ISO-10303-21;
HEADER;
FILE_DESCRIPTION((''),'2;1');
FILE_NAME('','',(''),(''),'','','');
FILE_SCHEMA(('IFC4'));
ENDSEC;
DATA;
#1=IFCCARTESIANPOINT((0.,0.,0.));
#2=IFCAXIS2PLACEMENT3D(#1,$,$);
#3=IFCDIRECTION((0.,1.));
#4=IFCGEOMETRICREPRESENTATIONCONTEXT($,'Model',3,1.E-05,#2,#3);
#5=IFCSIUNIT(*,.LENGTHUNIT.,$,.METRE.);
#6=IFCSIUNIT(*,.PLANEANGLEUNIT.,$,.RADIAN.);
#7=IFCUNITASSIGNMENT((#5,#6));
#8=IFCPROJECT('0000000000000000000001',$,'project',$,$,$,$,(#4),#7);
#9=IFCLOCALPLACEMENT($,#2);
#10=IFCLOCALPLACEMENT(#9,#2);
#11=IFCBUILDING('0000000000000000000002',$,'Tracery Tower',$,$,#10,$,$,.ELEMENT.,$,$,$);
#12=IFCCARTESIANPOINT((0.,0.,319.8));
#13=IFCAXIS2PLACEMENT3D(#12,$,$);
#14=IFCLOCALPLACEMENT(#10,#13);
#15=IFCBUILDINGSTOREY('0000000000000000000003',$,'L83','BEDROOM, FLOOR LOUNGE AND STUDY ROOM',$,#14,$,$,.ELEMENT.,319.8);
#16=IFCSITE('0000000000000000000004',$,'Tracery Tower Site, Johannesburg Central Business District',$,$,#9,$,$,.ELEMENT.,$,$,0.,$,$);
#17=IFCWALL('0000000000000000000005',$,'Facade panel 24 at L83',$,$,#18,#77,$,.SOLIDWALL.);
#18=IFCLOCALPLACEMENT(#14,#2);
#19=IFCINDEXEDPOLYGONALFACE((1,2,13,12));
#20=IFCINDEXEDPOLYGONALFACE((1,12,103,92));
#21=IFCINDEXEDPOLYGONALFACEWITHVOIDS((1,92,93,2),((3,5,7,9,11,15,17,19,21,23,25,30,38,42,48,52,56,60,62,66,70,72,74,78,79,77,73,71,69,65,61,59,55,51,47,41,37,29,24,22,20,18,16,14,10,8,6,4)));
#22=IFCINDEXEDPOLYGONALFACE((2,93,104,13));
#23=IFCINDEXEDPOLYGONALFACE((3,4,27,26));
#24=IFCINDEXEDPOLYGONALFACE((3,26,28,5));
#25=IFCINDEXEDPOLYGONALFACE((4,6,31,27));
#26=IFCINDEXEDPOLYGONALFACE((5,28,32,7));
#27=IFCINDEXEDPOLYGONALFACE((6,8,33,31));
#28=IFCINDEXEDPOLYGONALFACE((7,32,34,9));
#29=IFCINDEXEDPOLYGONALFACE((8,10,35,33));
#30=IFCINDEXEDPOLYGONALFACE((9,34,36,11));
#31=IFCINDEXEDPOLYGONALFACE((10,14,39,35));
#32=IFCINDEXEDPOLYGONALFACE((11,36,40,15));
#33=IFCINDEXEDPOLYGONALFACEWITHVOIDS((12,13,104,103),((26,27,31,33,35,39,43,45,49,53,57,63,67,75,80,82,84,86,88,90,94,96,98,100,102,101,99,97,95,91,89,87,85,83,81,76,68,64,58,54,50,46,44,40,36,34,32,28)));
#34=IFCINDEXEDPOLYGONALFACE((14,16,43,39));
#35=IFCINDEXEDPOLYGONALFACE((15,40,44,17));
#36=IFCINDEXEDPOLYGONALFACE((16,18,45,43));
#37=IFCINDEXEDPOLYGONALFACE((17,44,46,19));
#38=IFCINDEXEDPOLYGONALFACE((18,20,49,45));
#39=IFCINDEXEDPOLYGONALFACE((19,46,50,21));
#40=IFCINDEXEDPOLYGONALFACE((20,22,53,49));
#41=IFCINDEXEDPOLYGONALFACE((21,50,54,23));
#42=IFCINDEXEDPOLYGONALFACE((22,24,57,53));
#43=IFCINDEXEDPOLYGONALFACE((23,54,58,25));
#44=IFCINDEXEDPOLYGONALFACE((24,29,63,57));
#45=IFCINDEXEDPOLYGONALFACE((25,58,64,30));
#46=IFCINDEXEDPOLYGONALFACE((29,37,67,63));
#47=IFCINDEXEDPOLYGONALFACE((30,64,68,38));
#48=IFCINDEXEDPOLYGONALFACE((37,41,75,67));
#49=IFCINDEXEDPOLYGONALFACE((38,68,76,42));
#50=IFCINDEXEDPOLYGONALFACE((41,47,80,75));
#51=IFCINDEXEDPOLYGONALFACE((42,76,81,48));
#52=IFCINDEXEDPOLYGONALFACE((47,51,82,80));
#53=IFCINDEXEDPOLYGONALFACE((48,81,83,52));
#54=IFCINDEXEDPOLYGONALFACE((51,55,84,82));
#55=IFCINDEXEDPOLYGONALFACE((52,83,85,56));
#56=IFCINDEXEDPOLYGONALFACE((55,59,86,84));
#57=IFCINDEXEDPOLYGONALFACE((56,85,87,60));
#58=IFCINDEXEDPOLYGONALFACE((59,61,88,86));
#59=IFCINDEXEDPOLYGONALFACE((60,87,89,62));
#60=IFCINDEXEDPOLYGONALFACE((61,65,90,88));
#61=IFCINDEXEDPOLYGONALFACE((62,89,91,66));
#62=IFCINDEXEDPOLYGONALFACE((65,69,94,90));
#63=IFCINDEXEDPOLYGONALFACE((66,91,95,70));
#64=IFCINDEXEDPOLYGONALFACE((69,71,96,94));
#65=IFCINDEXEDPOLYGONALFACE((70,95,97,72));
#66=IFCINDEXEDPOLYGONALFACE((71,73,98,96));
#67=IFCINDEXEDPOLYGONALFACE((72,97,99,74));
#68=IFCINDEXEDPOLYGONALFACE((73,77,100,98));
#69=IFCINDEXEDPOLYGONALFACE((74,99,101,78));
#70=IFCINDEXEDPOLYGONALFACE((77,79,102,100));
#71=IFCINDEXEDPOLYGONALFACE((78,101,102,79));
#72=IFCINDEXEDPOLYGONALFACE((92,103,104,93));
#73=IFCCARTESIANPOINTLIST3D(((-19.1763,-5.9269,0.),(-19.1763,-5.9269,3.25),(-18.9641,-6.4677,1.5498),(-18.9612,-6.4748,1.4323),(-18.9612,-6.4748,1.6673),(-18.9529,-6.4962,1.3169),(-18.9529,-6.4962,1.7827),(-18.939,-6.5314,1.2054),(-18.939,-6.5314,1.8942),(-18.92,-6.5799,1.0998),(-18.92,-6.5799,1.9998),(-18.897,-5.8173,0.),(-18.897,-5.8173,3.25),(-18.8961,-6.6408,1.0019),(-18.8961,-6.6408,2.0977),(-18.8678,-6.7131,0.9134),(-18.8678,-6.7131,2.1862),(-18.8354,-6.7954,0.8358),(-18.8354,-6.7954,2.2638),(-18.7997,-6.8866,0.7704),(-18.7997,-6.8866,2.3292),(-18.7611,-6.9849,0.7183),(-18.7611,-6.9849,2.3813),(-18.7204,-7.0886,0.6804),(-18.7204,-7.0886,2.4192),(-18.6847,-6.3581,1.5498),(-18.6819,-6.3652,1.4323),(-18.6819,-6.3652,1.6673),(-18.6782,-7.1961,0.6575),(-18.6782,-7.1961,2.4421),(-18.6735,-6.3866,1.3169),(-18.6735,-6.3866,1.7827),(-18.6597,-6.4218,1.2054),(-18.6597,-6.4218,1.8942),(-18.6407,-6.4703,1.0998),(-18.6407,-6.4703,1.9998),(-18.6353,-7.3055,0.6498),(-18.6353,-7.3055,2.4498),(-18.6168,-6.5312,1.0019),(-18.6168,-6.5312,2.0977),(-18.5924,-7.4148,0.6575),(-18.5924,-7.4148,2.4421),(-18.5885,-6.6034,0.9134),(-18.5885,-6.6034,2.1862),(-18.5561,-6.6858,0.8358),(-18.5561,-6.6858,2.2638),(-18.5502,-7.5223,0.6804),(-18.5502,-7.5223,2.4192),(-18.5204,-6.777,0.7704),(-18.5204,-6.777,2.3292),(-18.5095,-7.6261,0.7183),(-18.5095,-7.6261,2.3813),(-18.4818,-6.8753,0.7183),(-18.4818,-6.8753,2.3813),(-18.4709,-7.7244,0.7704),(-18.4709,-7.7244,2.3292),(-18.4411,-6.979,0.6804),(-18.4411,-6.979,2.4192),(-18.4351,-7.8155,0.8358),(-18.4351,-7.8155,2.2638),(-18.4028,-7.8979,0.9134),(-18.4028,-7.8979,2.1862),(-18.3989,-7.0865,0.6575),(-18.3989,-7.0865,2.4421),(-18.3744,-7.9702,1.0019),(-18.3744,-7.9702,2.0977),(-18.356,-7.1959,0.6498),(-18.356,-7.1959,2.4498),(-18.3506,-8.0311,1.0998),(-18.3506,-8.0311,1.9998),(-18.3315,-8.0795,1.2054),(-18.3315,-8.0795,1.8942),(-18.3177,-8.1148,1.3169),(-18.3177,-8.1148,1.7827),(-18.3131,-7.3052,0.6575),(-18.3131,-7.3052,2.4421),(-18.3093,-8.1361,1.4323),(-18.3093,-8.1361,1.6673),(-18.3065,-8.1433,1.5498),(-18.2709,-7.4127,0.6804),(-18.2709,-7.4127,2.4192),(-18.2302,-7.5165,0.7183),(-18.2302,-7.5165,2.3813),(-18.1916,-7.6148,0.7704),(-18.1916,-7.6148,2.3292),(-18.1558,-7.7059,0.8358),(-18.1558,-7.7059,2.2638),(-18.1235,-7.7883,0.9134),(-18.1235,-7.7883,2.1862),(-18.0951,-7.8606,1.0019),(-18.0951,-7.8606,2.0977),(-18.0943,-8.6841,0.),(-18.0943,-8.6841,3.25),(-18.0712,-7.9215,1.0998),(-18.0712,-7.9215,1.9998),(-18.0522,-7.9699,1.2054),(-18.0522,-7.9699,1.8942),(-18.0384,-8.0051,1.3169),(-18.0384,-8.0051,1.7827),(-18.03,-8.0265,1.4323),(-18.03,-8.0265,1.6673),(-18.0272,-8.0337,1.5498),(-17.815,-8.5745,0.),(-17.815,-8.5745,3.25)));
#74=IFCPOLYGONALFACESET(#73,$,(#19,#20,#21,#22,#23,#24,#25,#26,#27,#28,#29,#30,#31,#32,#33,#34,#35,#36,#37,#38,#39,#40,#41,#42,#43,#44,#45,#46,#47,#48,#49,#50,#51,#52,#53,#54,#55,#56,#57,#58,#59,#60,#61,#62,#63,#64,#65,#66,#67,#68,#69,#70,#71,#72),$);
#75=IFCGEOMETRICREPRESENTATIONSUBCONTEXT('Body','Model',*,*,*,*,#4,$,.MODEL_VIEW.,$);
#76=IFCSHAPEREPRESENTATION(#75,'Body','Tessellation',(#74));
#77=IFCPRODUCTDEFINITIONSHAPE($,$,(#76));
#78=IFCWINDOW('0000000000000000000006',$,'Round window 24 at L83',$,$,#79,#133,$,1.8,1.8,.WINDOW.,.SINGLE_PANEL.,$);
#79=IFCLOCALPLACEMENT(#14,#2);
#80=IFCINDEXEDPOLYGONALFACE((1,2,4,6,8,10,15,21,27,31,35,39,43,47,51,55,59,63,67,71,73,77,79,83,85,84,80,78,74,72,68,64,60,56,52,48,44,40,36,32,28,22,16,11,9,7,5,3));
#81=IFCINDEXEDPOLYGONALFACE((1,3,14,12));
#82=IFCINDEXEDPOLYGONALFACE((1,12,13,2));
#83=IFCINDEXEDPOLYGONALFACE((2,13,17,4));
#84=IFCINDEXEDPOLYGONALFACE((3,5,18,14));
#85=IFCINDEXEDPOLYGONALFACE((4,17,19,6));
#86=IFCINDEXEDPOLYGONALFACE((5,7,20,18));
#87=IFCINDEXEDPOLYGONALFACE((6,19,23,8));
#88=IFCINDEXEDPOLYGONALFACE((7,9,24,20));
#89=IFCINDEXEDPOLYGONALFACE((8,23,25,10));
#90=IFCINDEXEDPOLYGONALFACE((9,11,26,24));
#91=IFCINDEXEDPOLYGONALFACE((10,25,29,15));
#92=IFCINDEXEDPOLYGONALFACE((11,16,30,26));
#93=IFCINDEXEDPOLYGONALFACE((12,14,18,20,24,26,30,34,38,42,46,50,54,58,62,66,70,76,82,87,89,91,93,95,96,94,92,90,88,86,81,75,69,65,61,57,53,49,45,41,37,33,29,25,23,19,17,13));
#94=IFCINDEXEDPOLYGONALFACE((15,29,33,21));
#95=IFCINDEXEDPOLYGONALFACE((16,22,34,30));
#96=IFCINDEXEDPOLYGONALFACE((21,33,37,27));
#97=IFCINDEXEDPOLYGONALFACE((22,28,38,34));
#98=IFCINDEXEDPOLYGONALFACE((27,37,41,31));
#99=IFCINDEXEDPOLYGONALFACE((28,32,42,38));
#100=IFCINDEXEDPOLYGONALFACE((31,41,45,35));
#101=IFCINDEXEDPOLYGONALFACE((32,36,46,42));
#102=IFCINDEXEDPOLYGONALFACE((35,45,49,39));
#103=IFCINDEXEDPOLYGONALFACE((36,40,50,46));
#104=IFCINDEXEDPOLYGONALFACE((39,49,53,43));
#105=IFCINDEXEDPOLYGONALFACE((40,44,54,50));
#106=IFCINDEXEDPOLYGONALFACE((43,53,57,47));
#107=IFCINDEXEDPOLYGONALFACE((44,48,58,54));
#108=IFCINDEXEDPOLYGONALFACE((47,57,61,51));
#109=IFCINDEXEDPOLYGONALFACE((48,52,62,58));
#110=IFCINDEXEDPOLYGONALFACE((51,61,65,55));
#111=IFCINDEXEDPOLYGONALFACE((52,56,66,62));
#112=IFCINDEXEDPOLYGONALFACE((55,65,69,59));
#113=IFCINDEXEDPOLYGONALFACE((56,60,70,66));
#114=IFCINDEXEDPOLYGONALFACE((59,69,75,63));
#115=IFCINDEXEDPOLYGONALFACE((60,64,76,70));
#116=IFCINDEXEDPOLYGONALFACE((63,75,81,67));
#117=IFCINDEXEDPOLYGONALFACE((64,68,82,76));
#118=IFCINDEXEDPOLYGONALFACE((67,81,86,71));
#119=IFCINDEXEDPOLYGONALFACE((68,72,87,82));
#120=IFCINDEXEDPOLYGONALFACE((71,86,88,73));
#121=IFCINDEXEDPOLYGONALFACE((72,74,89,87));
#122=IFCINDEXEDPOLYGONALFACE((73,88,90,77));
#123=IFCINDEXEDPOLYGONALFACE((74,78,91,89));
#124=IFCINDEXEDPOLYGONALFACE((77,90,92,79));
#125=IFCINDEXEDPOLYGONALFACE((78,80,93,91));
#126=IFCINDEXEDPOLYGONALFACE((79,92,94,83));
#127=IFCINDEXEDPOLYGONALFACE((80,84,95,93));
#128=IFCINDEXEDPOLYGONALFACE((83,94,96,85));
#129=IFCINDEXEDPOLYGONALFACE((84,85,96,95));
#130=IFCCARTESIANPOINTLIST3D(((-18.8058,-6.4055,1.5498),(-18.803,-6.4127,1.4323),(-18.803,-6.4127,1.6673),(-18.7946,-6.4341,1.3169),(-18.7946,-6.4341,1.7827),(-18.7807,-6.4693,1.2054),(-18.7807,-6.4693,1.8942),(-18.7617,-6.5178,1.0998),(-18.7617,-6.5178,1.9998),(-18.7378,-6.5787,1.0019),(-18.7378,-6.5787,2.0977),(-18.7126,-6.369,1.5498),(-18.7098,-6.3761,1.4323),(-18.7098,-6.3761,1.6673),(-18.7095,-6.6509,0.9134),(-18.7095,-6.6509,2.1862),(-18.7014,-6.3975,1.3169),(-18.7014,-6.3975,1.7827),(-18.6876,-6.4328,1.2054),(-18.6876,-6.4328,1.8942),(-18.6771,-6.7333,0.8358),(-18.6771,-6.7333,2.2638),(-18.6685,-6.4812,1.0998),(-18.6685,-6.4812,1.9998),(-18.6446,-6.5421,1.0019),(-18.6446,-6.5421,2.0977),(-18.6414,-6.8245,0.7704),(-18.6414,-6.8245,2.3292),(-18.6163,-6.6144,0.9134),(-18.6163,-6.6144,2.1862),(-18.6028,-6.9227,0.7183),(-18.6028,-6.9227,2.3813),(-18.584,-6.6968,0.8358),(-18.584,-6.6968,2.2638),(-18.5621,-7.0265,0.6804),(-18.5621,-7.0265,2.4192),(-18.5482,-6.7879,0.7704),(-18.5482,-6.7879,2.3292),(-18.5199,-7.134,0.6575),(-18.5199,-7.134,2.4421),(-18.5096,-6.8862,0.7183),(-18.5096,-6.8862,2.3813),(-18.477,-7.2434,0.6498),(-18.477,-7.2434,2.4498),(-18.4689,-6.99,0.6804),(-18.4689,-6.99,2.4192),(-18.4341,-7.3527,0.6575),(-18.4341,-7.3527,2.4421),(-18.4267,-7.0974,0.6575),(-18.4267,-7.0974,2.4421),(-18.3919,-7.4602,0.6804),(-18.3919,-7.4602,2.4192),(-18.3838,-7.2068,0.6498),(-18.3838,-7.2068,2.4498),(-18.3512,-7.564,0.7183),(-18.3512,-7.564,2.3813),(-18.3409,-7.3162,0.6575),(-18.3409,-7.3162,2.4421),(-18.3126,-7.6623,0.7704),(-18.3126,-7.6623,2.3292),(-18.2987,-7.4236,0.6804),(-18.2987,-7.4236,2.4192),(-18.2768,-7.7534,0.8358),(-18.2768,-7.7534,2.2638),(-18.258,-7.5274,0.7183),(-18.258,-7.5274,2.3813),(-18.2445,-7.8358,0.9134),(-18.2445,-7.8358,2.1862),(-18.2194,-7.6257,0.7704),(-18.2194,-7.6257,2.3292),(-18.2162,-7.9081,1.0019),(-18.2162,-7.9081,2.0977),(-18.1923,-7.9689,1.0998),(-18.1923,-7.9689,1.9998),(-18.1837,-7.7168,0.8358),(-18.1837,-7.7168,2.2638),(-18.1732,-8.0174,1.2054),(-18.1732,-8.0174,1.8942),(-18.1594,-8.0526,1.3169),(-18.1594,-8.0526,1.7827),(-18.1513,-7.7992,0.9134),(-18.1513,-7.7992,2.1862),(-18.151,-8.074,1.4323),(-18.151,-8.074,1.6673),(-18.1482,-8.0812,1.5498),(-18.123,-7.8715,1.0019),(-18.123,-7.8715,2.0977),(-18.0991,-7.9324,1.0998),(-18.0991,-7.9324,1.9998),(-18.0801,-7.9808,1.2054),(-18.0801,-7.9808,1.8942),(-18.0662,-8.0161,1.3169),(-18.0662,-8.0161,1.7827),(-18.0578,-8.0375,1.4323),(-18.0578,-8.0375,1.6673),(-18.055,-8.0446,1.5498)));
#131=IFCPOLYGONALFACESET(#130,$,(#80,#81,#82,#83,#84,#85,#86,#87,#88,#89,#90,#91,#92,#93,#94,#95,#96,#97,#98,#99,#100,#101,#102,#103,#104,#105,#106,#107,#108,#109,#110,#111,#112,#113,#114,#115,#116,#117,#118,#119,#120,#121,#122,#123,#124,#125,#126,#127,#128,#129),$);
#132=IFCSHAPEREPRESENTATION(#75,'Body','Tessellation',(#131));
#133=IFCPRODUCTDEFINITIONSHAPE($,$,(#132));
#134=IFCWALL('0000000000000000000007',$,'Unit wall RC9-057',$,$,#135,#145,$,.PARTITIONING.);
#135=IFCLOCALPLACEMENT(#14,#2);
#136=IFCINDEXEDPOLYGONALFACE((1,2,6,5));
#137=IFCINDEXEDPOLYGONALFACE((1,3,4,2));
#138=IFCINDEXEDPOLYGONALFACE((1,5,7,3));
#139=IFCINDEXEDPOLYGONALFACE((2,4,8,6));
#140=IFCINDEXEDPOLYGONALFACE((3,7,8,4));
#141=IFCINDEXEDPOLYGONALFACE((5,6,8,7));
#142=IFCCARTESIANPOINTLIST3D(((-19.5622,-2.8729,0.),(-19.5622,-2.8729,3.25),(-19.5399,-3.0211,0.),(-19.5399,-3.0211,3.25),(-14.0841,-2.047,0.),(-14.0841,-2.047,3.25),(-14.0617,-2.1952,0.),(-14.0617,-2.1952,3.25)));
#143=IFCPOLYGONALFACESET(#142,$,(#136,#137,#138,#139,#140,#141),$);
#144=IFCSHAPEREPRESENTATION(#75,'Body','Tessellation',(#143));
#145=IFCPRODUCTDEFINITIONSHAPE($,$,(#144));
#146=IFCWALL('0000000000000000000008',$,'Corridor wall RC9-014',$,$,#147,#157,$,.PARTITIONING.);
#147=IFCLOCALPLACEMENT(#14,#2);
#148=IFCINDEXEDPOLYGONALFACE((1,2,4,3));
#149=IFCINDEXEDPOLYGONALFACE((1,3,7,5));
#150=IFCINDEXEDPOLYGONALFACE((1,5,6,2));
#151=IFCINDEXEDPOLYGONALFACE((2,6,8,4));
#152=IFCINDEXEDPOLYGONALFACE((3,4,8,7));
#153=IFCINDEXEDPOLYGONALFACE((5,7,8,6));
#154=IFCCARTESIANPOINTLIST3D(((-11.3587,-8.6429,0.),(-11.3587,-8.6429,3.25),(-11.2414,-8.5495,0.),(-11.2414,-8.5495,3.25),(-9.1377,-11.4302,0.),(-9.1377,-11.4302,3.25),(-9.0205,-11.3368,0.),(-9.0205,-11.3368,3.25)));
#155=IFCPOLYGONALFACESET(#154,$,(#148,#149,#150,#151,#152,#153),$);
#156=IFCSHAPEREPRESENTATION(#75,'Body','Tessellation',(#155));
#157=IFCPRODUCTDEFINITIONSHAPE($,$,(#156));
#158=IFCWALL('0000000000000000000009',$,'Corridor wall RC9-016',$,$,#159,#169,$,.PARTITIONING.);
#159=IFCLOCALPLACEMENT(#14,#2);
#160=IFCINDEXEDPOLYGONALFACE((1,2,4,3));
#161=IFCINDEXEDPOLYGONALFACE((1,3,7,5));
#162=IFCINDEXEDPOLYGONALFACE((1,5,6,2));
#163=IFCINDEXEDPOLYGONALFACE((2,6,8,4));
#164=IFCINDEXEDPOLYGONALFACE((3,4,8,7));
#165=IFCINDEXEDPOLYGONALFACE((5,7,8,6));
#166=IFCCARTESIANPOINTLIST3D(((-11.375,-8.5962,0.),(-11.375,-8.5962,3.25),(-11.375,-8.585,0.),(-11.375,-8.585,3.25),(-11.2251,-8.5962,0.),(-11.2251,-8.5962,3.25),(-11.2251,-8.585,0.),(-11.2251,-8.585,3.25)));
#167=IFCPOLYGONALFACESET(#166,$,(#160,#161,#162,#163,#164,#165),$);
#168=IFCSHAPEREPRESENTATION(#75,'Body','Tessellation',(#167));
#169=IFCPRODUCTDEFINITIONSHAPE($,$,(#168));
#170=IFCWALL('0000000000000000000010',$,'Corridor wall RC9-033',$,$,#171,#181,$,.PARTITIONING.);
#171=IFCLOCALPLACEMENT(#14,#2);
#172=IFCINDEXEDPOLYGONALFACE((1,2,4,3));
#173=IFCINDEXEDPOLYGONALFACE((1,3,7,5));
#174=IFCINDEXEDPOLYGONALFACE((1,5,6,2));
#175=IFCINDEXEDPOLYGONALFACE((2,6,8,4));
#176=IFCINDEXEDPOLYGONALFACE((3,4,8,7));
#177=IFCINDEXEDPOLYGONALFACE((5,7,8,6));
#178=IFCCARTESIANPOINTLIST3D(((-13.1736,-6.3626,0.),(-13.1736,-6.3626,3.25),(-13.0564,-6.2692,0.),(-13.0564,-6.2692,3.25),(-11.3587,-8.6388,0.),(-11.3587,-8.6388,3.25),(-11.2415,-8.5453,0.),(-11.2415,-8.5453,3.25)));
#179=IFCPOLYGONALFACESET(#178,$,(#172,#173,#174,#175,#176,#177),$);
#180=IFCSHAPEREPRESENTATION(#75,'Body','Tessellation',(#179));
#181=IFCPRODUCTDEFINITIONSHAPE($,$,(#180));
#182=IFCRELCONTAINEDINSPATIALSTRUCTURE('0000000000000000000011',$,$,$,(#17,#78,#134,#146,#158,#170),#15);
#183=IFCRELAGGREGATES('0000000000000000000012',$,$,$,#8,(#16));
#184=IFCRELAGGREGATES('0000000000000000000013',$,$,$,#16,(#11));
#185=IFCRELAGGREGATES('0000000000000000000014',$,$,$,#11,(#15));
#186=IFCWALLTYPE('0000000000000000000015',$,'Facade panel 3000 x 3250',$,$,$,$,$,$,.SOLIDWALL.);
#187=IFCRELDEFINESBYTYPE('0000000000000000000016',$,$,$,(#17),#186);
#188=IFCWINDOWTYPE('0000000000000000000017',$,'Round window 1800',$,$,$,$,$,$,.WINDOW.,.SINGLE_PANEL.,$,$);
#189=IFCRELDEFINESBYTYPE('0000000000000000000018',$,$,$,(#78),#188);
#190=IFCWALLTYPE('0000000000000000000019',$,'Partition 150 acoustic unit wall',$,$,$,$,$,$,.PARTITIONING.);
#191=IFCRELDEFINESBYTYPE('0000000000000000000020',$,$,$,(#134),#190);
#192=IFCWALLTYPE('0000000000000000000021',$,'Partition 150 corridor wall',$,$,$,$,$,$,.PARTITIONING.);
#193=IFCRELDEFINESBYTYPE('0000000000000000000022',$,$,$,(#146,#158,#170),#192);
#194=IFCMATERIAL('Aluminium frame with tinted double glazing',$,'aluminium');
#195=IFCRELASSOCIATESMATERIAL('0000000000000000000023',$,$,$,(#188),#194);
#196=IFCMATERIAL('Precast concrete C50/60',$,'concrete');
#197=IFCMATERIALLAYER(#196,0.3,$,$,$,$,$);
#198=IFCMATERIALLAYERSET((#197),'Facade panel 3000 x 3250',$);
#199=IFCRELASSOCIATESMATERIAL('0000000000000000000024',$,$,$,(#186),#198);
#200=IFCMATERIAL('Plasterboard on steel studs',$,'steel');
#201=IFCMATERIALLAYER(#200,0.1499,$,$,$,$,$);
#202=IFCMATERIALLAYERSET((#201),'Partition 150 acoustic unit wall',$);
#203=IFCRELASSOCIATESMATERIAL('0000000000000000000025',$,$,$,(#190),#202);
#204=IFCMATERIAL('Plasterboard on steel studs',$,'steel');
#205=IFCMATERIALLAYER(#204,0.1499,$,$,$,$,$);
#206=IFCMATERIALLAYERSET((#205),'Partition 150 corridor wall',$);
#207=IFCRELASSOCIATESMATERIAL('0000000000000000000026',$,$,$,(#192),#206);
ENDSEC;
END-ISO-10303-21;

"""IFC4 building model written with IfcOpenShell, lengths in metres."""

from ifc_helpers import new_model, si_unit, direction, frame, frame_2d, origin, origin_2d, place, context, subcontext, project, spatial, rectangle, circle, extrude, material, layer, layer_set, type_object, element, fill, save


model = new_model("IFC4")

# Units and contexts
model_context = context("Model", 3, precision=1e-05, world=origin(), true_north=direction((0.0, 1.0)))
body_context = subcontext(model_context, "Body", "Model", "MODEL_VIEW")
ifc_project = project(units=[si_unit("LENGTHUNIT", "METRE"), si_unit("PLANEANGLEUNIT", "RADIAN")], contexts=[model_context])

# Site, building, storey
site_placement = place(None, origin())
site = spatial("IfcSite", under=ifc_project, at=site_placement, Name="Tracery Tower Site, Johannesburg Central Business District", CompositionType="ELEMENT", RefElevation=0.0)
building_placement = place(site_placement, origin())
building = spatial("IfcBuilding", under=site, at=building_placement, Name="Tracery Tower", CompositionType="ELEMENT")
storey_placement = place(building_placement, frame((0.0, 0.0, 319.8)))
storey = spatial("IfcBuildingStorey", under=building, at=storey_placement, Name="L83", Description="BEDROOM, FLOOR LOUNGE AND STUDY ROOM", CompositionType="ELEMENT", Elevation=319.8)

# Wall, opening, window
ifc_material_1 = material(Name="Aluminium frame with tinted double glazing", Category="aluminium")
window_type = type_object("IfcWindowType", Name="Round window 1800", PartitioningType="SINGLE_PANEL", PredefinedType="WINDOW", material=ifc_material_1)
ifc_material_2 = material(Name="Precast concrete C50/60", Category="concrete")
ifc_layer_1 = layer(ifc_material_2, 0.3)
ifc_layer_set_1 = layer_set([ifc_layer_1], Name="Facade panel 3000 x 3250")
wall_type_1 = type_object("IfcWallType", Name="Facade panel 3000 x 3250", PredefinedType="SOLIDWALL", material=ifc_layer_set_1)
wall_1_placement = place(storey_placement, frame((-19.0366, -5.8721, 0.0), z_axis=(0.0, 0.0, 1.0), x_axis=(0.3653, -0.93089, 0.0)))
wall_1 = element("IfcWall", 1, at=wall_1_placement, inside=storey, type_object=wall_type_1, Name="Facade panel 24 at L83", PredefinedType="SOLIDWALL", context=body_context, shape_type="SweptSolid", body=[
    extrude(rectangle(XDim=2.9619, YDim=0.3, at=frame_2d((1.481, 0.0))), origin(), (0.0, 0.0, 1.0), 3.25),
])
opening_1_placement = place(wall_1_placement, frame((1.481, 0.0, 1.5498)))
opening_1 = element("IfcOpeningElement", 2, at=opening_1_placement, cuts=wall_1, PredefinedType="OPENING", context=body_context, shape_type="SweptSolid", body=[
    extrude(circle(Radius=0.9, at=origin_2d()), frame((0.0, 0.1599, 0.0), z_axis=(0.0, -1.0, 0.0), x_axis=(1.0, 0.0, 0.0)), (0.0, 0.0, 1.0), 0.3201),
])
window_1_placement = place(opening_1_placement, origin())
window_1 = element("IfcWindow", 3, at=window_1_placement, inside=storey, type_object=window_type, Name="Round window 24 at L83", OverallHeight=1.8, OverallWidth=1.8, PartitioningType="SINGLE_PANEL", PredefinedType="WINDOW", context=body_context, shape_type="SweptSolid", body=[
    extrude(circle(Radius=0.9, at=origin_2d()), frame((0.0, 0.1201, 0.0), z_axis=(0.0, -1.0, 0.0), x_axis=(1.0, 0.0, 0.0)), (0.0, 0.0, 1.0), 0.1001),
])
fill(opening_1, window_1)

# Walls
ifc_material_3 = material(Name="Plasterboard on steel studs", Category="steel")
ifc_layer_2 = layer(ifc_material_3, 0.1499)
ifc_layer_set_2 = layer_set([ifc_layer_2], Name="Partition 150 acoustic unit wall")
wall_type_2 = type_object("IfcWallType", Name="Partition 150 acoustic unit wall", PredefinedType="PARTITIONING", material=ifc_layer_set_2)
wall_2_placement = place(storey_placement, frame((-19.551, -2.947, 0.0), z_axis=(0.0, 0.0, 1.0), x_axis=(0.988824, 0.149086, 0.0)))
element("IfcWall", 4, at=wall_2_placement, inside=storey, type_object=wall_type_2, Name="Unit wall RC9-057", PredefinedType="PARTITIONING", context=body_context, shape_type="SweptSolid", body=[
    extrude(rectangle(XDim=5.54, YDim=0.1499, at=frame_2d((2.77, 0.0))), origin(), (0.0, 0.0, 1.0), 3.25),
])
ifc_material_4 = material(Name="Plasterboard on steel studs", Category="steel")
ifc_layer_3 = layer(ifc_material_4, 0.1499)
ifc_layer_set_3 = layer_set([ifc_layer_3], Name="Partition 150 corridor wall")
wall_type_3 = type_object("IfcWallType", Name="Partition 150 corridor wall", PredefinedType="PARTITIONING", material=ifc_layer_set_3)
wall_3_placement = place(storey_placement, frame((-11.3, -8.5962, 0.0), z_axis=(0.0, 0.0, 1.0), x_axis=(0.623165, -0.78209, 0.0)))
element("IfcWall", 5, at=wall_3_placement, inside=storey, type_object=wall_type_3, Name="Corridor wall RC9-014", PredefinedType="PARTITIONING", context=body_context, shape_type="SweptSolid", body=[
    extrude(rectangle(XDim=3.564, YDim=0.1499, at=frame_2d((1.782, 0.0))), origin(), (0.0, 0.0, 1.0), 3.25),
])
wall_4_placement = place(storey_placement, frame((-11.3, -8.5962, 0.0), z_axis=(0.0, 0.0, 1.0), x_axis=(0.0, 1.0, 0.0)))
element("IfcWall", 6, at=wall_4_placement, inside=storey, type_object=wall_type_3, Name="Corridor wall RC9-016", PredefinedType="PARTITIONING", context=body_context, shape_type="SweptSolid", body=[
    extrude(rectangle(XDim=0.0112, YDim=0.1499, at=frame_2d((0.0056, 0.0))), origin(), (0.0, 0.0, 1.0), 3.25),
])
wall_5_placement = place(storey_placement, frame((-13.115, -6.3159, 0.0), z_axis=(0.0, 0.0, 1.0), x_axis=(0.623447, -0.781866, 0.0)))
element("IfcWall", 7, at=wall_5_placement, inside=storey, type_object=wall_type_3, Name="Corridor wall RC9-033", PredefinedType="PARTITIONING", context=body_context, shape_type="SweptSolid", body=[
    extrude(rectangle(XDim=2.9111, YDim=0.1499, at=frame_2d((1.4556, 0.0))), origin(), (0.0, 0.0, 1.0), 3.25),
])

save(model, "model.ifc")
